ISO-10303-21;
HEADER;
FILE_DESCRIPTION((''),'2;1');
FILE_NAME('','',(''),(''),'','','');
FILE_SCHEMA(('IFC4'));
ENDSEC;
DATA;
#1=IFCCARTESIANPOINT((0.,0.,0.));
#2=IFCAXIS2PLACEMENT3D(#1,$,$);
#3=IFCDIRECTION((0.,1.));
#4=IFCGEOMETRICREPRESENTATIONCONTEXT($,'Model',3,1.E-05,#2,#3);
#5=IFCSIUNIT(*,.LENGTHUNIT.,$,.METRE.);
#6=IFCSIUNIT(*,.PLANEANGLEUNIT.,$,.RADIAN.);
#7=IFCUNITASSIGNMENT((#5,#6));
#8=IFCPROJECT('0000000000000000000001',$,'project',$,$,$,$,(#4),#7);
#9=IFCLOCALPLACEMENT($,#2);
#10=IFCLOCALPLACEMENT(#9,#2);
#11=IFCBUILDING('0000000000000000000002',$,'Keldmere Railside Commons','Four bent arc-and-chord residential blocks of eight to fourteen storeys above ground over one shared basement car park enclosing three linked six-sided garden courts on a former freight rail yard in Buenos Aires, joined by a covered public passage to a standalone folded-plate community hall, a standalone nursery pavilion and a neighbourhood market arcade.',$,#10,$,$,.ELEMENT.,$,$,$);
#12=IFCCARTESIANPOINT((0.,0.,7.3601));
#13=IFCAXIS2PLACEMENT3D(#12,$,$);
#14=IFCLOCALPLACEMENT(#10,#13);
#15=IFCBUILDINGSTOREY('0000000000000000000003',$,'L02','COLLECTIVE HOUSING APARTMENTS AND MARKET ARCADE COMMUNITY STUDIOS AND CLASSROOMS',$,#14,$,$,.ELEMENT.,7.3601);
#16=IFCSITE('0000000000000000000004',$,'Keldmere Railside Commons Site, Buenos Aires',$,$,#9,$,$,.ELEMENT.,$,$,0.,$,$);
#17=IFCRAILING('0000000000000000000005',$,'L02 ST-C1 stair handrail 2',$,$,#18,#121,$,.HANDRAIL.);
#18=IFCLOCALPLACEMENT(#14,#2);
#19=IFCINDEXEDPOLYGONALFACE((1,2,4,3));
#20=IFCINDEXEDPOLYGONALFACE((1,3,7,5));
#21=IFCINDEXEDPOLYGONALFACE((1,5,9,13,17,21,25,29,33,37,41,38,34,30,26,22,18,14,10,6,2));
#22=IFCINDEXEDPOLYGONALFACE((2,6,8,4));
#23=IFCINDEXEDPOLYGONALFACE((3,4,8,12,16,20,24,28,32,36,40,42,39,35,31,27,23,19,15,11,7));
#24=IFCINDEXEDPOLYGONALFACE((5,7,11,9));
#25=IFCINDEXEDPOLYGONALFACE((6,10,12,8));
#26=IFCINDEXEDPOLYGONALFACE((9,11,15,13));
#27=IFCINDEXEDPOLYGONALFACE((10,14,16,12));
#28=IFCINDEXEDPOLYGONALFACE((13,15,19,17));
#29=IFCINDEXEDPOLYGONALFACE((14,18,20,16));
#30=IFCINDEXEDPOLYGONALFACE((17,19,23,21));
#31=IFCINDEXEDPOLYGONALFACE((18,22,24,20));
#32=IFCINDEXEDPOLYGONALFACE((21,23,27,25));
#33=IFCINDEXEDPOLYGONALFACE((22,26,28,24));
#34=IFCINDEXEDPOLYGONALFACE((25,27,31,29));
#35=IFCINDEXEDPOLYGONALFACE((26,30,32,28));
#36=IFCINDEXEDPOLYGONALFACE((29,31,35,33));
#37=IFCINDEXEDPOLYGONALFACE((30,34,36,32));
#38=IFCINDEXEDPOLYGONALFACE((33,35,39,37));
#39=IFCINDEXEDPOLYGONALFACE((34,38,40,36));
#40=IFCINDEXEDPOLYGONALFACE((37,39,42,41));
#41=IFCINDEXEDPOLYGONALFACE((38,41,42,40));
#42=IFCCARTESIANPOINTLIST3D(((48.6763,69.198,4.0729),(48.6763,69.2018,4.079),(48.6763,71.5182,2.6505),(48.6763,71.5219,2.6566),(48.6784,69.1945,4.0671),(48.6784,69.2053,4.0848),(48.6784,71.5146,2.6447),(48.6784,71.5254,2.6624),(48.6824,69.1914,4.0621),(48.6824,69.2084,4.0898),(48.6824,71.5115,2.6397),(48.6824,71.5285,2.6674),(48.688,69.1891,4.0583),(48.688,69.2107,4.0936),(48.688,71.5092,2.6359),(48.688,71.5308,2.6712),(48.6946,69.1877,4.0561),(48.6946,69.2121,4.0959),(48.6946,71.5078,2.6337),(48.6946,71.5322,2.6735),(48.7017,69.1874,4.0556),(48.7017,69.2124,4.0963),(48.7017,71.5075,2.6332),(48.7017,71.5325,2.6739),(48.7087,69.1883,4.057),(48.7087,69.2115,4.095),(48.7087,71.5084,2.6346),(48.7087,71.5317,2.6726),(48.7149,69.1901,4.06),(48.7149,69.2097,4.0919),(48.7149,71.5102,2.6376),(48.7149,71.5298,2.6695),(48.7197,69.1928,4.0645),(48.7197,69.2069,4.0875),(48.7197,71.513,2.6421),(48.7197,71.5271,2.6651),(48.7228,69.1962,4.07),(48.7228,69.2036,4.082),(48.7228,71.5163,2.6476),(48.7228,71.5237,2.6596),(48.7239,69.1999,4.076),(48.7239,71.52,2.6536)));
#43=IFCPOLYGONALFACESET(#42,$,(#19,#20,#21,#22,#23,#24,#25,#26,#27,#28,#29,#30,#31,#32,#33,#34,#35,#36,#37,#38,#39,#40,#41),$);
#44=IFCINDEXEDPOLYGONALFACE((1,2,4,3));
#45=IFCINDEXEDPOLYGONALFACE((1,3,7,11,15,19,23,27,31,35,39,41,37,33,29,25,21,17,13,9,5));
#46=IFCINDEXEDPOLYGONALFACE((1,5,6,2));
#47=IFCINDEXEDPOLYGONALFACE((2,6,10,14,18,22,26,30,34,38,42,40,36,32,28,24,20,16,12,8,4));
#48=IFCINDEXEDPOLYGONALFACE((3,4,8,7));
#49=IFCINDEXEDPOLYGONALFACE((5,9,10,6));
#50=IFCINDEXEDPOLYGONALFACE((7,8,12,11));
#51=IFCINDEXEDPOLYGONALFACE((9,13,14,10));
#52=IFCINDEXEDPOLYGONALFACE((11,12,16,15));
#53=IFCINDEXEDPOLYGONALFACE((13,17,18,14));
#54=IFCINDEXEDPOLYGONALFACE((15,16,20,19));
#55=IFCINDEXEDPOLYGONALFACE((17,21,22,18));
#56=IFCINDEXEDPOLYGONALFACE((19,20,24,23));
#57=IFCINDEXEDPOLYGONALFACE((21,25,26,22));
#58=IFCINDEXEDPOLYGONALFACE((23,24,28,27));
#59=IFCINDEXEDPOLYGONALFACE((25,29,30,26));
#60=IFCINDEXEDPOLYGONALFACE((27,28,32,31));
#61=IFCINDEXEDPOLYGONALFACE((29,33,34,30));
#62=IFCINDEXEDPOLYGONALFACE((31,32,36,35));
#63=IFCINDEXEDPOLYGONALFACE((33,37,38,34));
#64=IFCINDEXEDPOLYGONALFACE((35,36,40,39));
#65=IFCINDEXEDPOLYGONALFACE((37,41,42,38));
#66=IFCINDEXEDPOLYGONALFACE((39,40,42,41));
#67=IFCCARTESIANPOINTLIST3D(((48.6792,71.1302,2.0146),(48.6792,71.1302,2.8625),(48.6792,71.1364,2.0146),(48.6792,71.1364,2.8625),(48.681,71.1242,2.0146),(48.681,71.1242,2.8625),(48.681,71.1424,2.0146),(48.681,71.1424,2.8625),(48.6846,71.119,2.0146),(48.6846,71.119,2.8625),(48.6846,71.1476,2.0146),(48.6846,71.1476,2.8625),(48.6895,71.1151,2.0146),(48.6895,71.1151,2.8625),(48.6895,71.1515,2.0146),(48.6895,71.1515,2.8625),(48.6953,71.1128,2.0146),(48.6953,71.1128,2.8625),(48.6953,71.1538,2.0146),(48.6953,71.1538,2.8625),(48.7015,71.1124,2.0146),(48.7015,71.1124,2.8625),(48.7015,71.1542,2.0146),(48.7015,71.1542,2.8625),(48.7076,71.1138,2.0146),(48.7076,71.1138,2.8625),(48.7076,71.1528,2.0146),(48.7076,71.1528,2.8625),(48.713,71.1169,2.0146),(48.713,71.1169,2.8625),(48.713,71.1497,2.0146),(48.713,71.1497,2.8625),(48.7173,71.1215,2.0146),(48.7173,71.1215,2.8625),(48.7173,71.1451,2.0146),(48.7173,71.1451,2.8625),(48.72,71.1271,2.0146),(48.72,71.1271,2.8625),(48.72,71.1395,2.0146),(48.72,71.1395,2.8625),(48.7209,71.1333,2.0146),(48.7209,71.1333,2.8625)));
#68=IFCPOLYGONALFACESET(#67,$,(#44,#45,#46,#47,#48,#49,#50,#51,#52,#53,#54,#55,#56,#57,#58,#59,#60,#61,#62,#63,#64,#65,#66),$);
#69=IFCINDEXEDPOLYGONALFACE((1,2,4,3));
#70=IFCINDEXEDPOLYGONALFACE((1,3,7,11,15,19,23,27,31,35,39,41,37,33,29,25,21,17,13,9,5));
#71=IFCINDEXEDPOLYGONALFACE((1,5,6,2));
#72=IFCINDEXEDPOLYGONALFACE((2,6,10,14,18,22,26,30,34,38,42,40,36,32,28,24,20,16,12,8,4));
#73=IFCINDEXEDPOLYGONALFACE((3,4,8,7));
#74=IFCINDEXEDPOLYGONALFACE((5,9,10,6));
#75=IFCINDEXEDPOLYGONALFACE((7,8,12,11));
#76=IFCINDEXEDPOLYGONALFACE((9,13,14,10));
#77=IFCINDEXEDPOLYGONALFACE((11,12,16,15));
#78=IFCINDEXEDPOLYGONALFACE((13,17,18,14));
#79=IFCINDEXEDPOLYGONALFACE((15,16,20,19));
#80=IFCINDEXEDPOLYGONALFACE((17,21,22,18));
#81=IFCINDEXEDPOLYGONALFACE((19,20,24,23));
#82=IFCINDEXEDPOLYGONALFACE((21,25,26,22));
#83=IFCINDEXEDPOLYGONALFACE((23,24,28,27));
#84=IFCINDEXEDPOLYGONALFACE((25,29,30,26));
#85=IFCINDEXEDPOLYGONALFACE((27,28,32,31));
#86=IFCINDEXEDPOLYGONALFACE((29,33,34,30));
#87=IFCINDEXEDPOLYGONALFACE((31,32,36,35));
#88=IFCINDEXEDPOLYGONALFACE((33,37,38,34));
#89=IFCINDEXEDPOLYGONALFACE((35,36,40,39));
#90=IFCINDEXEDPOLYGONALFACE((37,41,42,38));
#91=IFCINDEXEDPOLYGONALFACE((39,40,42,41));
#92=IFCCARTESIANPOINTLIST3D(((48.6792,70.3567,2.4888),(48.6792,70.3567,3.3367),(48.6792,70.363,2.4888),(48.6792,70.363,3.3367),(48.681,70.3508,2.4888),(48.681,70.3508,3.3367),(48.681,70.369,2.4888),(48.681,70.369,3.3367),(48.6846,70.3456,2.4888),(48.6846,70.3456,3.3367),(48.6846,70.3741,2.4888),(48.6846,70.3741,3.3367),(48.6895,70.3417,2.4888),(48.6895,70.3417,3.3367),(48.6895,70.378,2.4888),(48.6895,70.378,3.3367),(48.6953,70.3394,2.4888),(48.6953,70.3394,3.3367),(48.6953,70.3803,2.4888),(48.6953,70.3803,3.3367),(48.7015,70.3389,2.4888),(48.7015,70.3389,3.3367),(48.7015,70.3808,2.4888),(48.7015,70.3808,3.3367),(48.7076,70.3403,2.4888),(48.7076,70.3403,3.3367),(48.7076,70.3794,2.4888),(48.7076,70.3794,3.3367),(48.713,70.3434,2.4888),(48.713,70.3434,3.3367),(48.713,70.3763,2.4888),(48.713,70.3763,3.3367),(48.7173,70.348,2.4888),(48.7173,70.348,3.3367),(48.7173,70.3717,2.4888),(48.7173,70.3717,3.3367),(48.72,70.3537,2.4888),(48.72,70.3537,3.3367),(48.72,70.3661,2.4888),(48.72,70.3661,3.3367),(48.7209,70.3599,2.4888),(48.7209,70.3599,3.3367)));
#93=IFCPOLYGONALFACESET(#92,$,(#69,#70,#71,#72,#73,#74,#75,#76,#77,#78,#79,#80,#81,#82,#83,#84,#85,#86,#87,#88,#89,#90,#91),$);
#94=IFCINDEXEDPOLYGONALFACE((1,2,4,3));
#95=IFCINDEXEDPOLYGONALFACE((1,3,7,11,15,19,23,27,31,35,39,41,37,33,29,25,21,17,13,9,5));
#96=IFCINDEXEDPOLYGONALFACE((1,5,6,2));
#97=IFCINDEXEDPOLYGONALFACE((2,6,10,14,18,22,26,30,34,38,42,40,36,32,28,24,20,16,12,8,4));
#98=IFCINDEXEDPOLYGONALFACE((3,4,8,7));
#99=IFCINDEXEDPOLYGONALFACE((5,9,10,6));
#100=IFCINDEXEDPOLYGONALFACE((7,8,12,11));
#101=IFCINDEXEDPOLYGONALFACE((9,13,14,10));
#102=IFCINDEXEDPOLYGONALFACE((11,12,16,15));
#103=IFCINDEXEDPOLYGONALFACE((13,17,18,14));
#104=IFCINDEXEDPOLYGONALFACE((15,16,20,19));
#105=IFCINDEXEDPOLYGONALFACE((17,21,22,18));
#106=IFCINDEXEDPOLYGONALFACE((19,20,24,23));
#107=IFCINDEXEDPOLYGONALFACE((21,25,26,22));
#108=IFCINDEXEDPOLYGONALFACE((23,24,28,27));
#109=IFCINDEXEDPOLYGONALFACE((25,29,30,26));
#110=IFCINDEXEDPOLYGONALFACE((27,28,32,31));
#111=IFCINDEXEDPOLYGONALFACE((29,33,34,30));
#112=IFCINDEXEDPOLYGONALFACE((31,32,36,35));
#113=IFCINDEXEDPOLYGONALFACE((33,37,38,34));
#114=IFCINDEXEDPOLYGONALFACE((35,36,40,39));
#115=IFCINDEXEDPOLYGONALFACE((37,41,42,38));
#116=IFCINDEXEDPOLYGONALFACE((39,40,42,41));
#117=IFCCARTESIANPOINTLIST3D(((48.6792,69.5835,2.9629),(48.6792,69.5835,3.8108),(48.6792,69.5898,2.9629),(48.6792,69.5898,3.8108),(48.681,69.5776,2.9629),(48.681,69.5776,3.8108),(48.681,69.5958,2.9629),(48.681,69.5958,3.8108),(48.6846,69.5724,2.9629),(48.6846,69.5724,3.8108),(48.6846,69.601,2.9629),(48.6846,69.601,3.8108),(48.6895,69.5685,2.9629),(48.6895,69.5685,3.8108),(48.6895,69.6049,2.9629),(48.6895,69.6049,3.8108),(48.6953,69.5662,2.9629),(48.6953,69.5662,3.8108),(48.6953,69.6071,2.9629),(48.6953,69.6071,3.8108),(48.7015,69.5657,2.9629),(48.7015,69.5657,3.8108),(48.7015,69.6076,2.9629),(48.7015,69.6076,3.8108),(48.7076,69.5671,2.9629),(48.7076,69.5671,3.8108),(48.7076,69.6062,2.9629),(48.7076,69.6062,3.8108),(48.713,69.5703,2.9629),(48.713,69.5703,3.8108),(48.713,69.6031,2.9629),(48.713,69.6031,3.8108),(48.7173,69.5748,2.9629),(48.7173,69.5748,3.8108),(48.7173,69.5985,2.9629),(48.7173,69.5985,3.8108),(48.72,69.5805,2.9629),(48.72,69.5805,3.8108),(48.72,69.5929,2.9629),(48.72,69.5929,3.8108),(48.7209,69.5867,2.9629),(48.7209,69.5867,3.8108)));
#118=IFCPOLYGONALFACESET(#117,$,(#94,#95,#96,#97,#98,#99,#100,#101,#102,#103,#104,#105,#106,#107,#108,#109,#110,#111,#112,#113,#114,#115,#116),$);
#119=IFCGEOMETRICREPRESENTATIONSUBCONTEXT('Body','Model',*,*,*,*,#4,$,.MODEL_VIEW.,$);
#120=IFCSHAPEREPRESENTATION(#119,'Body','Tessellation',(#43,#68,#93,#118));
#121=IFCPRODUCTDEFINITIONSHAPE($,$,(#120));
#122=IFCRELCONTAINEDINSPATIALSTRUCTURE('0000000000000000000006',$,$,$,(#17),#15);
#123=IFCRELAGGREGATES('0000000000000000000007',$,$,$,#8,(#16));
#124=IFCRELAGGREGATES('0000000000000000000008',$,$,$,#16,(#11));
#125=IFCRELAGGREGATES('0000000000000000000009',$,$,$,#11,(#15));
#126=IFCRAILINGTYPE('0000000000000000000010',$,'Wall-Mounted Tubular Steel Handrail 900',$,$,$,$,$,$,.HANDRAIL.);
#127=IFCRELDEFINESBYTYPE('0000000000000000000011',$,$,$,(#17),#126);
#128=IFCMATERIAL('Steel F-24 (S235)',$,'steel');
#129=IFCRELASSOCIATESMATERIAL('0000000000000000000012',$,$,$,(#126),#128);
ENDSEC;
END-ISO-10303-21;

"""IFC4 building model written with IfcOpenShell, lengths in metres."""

from ifc_helpers import new_model, si_unit, direction, frame, origin, origin_2d, place, context, subcontext, project, spatial, circle, extrude, material, type_object, element, save


model = new_model("IFC4")

# Units and contexts
model_context = context("Model", 3, precision=1e-05, world=origin(), true_north=direction((0.0, 1.0)))
body_context = subcontext(model_context, "Body", "Model", "MODEL_VIEW")
ifc_project = project(units=[si_unit("LENGTHUNIT", "METRE"), si_unit("PLANEANGLEUNIT", "RADIAN")], contexts=[model_context])

# Site, building, storey
site_placement = place(None, origin())
site = spatial("IfcSite", under=ifc_project, at=site_placement, Name="Keldmere Railside Commons Site, Buenos Aires", CompositionType="ELEMENT", RefElevation=0.0)
building_placement = place(site_placement, origin())
building = spatial("IfcBuilding", under=site, at=building_placement, Name="Keldmere Railside Commons", Description="Four bent arc-and-chord residential blocks of eight to fourteen storeys above ground over one shared basement car park enclosing three linked six-sided garden courts on a former freight rail yard in Buenos Aires, joined by a covered public passage to a standalone folded-plate community hall, a standalone nursery pavilion and a neighbourhood market arcade.", CompositionType="ELEMENT")
storey_placement = place(building_placement, frame((0.0, 0.0, 7.3601)))
storey = spatial("IfcBuildingStorey", under=building, at=storey_placement, Name="L02", Description="COLLECTIVE HOUSING APARTMENTS AND MARKET ARCADE COMMUNITY STUDIOS AND CLASSROOMS", CompositionType="ELEMENT", Elevation=7.3601)

# Shared definitions
ifc_material_1 = material(Name="Steel F-24 (S235)", Category="steel")

# Railing
railing_type_1 = type_object("IfcRailingType", Name="Wall-Mounted Tubular Steel Handrail 900", PredefinedType="HANDRAIL", material=ifc_material_1)
railing_1_placement = place(storey_placement, frame((48.7, 71.52, 1.7776)))
element("IfcRailing", 1, at=railing_1_placement, inside=storey, type_object=railing_type_1, Name="L02 ST-C1 stair handrail 2", PredefinedType="HANDRAIL", context=body_context, shape_type="SweptSolid", body=[
    extrude(circle(Radius=0.0239, at=origin_2d()), frame((0.0, 0.0, 0.876), z_axis=(0.0, -0.852538, 0.522665), x_axis=(1.0, 0.0, 0.0)), (0.0, 0.0, 1.0), 2.7214),
    extrude(circle(Radius=0.021, at=origin_2d()), frame((0.0, -0.3867, 0.2371)), (0.0, 0.0, 1.0), 0.8479),
    extrude(circle(Radius=0.021, at=origin_2d()), frame((0.0, -1.1602, 0.7112)), (0.0, 0.0, 1.0), 0.8479),
    extrude(circle(Radius=0.021, at=origin_2d()), frame((0.0, -1.9333, 1.1853)), (0.0, 0.0, 1.0), 0.8479),
])

save(model, "model.ifc")
